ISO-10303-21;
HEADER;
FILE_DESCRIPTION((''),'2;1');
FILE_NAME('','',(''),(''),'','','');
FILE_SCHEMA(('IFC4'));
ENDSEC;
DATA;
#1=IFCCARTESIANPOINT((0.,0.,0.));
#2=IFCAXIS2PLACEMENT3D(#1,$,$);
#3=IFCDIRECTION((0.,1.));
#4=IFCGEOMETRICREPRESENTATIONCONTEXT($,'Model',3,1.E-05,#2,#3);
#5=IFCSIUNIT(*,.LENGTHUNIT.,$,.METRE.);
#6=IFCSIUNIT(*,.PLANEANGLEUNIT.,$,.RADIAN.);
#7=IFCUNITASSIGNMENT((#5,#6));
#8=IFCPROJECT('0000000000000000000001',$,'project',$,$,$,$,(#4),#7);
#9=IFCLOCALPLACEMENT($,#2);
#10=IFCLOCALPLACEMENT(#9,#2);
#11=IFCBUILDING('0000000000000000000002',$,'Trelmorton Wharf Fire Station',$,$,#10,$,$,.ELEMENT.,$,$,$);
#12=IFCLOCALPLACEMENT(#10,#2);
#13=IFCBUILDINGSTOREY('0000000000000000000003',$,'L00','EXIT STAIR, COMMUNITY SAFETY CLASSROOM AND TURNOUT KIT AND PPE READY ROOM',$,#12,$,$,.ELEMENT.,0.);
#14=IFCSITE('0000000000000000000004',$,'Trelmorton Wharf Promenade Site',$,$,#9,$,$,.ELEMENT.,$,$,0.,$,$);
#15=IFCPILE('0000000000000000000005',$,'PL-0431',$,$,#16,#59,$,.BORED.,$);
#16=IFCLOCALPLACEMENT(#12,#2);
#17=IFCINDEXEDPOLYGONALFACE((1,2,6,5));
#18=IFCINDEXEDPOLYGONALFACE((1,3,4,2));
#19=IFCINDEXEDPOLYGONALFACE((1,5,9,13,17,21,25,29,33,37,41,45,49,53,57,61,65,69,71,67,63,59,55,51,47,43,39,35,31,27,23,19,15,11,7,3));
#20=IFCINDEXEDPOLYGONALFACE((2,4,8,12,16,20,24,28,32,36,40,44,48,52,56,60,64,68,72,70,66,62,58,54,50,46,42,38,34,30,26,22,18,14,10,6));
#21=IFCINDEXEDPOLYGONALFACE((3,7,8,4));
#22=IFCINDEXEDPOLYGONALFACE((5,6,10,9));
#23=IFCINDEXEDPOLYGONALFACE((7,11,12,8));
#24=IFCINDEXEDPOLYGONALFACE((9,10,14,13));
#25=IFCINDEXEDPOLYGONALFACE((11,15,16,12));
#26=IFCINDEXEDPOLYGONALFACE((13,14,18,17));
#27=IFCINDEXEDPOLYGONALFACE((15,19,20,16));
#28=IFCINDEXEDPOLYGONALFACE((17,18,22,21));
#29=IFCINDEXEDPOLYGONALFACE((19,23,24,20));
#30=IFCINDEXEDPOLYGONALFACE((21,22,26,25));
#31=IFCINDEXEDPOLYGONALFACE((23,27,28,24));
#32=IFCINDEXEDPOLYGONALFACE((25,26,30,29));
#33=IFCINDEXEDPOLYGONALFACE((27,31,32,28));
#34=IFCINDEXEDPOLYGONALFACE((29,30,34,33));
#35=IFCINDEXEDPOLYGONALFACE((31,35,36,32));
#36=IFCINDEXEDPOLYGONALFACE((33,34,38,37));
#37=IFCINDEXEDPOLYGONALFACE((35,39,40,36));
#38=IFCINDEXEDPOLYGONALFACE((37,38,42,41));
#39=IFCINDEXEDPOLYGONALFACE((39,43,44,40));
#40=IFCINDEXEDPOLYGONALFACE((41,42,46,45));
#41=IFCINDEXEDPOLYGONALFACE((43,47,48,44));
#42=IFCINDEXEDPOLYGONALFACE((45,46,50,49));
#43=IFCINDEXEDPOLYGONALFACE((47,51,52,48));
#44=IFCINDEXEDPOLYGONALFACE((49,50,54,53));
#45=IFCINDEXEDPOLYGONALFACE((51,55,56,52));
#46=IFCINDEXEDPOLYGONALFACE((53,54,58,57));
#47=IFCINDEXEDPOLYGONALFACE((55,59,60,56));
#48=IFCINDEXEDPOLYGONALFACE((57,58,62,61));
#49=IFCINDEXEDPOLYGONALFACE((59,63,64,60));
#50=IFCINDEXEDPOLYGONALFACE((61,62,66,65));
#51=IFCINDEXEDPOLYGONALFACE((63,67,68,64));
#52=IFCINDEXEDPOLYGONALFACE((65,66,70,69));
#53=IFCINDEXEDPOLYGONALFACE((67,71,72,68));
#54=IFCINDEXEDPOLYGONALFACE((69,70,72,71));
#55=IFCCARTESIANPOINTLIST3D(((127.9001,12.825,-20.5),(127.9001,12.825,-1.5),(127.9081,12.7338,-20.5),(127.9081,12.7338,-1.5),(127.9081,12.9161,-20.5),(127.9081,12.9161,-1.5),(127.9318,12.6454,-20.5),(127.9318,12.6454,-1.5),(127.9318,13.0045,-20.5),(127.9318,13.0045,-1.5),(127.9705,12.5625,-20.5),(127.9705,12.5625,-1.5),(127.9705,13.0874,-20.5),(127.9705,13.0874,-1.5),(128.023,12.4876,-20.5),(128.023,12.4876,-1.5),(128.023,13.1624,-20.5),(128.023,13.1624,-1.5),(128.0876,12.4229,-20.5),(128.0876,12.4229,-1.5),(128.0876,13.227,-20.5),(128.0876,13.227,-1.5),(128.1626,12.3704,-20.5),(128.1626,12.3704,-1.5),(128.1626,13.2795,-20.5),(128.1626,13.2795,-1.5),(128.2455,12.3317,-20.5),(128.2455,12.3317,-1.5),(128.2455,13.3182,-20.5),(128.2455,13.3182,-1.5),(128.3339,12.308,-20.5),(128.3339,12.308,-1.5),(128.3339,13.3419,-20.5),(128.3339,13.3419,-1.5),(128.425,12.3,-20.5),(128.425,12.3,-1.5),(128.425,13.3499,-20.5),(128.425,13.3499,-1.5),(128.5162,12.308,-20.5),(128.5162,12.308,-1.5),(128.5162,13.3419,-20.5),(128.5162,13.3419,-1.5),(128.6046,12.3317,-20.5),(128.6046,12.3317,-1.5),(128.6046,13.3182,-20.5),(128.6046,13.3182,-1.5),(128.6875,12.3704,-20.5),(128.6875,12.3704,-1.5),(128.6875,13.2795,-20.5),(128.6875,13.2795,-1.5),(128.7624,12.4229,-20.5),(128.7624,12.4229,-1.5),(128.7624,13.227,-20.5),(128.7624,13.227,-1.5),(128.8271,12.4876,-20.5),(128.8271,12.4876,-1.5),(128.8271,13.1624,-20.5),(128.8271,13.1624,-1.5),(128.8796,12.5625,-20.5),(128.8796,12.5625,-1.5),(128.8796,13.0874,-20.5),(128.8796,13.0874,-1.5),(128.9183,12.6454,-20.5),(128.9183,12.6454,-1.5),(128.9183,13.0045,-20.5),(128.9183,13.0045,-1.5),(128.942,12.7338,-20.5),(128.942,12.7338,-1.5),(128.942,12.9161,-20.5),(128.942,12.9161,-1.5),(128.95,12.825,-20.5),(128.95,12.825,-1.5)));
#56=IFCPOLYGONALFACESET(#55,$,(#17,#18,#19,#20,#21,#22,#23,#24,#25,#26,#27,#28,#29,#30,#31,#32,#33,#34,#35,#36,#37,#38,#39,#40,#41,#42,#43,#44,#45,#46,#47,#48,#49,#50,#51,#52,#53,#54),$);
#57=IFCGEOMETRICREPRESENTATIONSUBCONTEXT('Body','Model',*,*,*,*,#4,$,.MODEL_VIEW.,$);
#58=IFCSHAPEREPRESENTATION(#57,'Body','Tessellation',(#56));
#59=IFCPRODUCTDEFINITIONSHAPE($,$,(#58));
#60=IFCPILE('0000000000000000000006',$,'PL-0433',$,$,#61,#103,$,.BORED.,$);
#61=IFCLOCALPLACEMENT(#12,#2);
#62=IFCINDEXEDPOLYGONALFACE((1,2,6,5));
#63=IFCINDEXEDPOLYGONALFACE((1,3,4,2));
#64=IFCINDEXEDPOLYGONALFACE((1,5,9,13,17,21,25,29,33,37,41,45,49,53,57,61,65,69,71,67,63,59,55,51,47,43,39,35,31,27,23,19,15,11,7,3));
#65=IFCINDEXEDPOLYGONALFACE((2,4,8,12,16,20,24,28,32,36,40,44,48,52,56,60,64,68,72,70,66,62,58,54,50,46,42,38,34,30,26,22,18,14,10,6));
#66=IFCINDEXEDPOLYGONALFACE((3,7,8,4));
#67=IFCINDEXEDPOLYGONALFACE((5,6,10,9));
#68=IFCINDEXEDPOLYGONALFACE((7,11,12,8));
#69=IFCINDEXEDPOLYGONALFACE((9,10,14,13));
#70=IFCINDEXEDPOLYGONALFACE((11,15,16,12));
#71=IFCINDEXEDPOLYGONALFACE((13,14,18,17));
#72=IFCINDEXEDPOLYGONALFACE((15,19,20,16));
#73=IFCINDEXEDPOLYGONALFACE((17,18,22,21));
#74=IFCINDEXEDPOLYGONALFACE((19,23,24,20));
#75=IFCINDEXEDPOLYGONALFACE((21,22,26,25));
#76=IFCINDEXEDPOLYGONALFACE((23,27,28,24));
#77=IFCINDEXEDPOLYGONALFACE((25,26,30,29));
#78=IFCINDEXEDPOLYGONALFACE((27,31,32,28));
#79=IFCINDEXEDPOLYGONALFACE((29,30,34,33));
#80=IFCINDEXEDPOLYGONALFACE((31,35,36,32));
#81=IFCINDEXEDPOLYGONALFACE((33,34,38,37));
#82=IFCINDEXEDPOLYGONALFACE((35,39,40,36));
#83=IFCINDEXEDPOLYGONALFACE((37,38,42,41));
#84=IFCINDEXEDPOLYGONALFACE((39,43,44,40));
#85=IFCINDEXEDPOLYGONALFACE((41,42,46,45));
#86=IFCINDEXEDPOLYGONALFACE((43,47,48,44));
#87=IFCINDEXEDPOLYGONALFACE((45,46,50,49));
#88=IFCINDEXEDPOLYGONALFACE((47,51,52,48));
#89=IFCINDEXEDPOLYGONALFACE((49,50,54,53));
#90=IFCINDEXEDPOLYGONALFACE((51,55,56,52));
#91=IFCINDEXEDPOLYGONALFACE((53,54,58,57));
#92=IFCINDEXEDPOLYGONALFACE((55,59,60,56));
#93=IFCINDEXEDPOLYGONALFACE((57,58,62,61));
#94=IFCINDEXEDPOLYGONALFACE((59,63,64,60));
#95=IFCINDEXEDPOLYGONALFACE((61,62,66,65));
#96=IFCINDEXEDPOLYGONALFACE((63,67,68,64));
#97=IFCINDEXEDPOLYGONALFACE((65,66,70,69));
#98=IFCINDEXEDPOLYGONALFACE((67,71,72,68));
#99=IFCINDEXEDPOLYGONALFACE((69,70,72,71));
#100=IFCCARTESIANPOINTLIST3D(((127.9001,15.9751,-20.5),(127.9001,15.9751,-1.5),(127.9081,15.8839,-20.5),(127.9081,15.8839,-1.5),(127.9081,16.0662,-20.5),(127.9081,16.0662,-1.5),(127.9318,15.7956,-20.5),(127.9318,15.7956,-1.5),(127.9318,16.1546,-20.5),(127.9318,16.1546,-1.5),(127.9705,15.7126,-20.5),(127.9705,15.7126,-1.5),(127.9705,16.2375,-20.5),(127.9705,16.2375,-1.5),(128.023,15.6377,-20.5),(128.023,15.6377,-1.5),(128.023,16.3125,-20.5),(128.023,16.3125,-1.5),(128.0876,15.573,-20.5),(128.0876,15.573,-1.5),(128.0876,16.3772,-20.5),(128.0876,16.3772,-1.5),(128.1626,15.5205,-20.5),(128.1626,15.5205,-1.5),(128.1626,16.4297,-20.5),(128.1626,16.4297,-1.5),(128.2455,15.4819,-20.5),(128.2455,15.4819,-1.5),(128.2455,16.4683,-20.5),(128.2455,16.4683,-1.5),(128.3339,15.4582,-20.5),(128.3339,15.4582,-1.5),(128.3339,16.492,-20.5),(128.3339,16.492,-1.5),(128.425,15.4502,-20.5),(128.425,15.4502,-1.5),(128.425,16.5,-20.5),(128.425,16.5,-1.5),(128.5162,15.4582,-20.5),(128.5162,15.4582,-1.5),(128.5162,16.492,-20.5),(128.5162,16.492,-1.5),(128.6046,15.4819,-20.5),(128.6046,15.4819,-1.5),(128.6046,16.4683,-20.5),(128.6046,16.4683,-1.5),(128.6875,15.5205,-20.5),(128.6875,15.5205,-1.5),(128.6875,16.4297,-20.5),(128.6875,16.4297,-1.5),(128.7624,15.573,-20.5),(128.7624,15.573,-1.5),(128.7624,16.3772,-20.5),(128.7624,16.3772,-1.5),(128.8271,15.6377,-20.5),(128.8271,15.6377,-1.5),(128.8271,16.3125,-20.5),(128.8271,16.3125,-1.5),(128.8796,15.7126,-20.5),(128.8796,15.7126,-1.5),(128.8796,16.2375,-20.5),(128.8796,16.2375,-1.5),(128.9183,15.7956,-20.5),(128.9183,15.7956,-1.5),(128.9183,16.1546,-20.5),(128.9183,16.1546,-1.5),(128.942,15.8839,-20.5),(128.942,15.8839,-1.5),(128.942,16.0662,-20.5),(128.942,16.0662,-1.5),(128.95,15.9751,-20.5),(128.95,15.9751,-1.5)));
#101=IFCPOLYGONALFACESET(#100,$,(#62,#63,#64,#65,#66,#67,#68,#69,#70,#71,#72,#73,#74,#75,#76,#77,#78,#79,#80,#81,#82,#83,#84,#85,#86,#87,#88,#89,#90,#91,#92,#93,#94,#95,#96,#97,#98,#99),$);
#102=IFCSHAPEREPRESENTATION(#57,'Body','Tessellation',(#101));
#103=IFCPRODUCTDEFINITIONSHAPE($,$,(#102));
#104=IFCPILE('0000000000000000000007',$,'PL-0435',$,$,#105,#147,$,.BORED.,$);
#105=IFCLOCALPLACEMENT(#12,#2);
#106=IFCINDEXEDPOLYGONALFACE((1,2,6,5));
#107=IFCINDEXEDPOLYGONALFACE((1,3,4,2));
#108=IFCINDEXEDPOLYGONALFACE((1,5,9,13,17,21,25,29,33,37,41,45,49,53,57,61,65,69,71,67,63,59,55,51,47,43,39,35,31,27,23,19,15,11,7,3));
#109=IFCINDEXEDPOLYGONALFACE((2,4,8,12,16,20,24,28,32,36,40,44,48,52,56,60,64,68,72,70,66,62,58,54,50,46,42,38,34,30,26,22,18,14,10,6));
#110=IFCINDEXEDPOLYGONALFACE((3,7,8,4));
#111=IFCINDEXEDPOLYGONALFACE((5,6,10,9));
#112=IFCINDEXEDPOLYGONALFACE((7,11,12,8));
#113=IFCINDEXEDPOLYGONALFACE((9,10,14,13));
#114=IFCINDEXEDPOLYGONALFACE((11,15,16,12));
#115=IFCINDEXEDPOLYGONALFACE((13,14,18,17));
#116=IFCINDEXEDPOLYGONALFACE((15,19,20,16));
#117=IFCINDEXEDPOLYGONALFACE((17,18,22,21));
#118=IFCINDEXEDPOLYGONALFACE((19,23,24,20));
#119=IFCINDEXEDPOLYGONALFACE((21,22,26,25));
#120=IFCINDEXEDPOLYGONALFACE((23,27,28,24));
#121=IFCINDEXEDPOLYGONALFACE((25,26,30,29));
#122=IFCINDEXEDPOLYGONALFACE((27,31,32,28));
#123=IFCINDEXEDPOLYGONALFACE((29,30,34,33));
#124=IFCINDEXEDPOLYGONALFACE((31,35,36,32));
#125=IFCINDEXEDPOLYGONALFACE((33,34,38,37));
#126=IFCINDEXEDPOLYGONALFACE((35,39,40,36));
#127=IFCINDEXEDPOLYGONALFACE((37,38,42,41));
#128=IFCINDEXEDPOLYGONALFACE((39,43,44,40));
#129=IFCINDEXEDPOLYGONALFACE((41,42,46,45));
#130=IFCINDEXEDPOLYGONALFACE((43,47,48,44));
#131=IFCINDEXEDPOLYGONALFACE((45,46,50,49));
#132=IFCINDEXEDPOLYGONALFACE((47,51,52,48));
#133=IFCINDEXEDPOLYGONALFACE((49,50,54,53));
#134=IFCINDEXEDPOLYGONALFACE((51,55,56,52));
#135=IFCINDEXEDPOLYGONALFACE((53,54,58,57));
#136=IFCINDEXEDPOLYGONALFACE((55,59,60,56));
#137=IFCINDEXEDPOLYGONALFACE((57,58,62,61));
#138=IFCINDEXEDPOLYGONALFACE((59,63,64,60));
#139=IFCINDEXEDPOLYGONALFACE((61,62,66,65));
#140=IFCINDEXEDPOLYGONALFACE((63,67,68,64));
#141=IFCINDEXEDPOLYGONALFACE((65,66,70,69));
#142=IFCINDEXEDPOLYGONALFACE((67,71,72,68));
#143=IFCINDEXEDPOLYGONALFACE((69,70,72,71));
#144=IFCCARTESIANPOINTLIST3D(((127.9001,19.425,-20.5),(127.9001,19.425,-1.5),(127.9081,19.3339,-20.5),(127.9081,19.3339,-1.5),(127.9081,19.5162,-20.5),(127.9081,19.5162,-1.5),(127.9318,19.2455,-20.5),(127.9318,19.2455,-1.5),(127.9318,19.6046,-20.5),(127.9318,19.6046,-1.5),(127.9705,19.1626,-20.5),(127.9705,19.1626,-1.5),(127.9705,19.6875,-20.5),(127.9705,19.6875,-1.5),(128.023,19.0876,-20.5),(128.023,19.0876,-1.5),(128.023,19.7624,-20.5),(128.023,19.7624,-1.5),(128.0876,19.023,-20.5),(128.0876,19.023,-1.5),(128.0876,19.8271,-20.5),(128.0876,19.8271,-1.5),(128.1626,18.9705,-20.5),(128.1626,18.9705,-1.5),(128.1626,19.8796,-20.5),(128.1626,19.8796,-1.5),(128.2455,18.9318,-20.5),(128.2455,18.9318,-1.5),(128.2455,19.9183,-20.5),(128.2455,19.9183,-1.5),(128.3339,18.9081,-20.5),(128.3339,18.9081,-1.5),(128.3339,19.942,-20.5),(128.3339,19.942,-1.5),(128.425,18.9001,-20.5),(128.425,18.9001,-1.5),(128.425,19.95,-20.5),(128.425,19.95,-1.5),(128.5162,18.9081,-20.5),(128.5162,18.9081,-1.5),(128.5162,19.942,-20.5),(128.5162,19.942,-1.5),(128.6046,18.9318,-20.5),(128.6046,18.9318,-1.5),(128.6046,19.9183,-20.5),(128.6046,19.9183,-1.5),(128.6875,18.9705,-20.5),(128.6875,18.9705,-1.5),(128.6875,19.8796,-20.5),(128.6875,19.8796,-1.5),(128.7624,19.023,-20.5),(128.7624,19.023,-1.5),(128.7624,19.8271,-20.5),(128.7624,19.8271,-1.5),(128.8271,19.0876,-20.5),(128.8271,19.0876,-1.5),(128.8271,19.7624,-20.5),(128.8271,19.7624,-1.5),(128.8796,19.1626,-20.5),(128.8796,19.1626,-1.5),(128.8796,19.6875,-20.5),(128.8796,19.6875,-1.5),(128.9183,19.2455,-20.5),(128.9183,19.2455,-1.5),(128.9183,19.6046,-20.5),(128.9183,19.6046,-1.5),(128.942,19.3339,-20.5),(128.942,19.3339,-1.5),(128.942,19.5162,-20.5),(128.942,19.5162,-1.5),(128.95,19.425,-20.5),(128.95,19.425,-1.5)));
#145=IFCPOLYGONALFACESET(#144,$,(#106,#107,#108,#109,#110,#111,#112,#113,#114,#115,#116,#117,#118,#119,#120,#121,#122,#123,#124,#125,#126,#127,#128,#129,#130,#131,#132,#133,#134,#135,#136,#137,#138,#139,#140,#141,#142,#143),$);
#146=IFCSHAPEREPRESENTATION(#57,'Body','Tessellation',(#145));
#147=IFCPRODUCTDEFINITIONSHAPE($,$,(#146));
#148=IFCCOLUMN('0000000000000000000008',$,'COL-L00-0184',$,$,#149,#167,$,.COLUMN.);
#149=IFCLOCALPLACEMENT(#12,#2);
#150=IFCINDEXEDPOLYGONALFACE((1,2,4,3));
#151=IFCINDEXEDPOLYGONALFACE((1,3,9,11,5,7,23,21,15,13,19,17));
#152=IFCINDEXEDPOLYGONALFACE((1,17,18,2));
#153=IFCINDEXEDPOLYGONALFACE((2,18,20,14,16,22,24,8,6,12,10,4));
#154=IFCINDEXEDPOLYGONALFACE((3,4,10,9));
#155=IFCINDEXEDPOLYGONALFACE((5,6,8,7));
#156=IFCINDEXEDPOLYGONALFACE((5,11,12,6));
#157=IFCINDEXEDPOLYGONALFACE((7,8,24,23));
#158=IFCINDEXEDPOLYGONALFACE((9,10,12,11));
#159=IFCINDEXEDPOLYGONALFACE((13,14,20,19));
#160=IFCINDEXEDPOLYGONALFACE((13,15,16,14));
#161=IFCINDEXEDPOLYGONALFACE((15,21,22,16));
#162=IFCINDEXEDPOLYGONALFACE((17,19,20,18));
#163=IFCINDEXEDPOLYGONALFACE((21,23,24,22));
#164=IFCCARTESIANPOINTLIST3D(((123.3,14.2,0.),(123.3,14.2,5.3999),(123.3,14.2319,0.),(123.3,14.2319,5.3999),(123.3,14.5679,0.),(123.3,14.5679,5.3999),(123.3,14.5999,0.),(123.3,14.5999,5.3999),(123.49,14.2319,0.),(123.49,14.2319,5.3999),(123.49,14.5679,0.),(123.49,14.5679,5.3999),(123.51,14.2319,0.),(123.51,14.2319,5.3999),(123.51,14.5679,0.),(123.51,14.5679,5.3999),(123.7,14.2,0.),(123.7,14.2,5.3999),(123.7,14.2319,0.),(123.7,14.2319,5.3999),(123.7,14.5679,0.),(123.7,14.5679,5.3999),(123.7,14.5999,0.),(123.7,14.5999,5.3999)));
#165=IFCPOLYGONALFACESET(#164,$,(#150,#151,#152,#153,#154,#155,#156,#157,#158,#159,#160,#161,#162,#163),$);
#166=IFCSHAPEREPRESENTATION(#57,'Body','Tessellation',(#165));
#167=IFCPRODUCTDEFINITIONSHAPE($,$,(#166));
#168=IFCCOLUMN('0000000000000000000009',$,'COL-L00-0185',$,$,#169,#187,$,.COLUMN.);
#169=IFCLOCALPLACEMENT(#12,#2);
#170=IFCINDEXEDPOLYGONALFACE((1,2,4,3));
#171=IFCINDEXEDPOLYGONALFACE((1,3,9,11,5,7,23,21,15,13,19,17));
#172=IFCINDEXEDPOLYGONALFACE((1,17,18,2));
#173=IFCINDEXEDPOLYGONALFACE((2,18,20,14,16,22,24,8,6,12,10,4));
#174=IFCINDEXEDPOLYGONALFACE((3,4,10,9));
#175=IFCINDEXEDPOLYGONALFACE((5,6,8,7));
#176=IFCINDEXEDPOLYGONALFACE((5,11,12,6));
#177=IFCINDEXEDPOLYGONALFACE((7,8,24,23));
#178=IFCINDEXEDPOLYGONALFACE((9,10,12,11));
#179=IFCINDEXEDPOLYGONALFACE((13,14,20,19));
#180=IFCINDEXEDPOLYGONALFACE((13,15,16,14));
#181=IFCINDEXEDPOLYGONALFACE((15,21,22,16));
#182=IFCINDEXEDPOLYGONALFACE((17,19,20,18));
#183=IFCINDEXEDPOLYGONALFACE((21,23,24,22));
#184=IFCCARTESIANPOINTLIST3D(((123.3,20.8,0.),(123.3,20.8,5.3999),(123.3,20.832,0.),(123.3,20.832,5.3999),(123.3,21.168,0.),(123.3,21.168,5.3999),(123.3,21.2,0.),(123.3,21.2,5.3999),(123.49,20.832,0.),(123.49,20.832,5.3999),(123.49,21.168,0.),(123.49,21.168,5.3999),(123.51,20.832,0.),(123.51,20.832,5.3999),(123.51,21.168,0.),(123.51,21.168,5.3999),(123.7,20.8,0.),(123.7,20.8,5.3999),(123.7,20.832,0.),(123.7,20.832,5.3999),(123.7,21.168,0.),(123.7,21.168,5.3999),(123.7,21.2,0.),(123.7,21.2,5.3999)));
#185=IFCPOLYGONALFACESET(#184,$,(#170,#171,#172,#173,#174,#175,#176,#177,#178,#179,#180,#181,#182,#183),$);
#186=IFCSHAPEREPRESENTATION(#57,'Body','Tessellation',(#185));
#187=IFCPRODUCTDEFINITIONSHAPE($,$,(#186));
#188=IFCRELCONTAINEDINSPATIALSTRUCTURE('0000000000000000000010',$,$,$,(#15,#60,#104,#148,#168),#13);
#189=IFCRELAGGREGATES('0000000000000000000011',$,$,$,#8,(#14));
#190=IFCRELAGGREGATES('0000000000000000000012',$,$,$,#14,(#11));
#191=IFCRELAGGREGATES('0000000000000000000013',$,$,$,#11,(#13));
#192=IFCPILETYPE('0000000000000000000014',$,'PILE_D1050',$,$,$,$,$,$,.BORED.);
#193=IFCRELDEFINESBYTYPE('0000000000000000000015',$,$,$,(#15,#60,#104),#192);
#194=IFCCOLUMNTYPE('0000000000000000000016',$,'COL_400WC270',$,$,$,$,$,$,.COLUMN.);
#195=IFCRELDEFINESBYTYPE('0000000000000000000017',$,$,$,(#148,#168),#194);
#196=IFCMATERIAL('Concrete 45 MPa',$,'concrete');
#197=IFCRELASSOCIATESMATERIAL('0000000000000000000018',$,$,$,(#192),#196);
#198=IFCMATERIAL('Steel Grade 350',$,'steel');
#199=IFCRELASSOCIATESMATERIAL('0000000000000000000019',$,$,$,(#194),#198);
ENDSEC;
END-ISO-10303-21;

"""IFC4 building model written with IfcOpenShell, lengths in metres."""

from ifc_helpers import new_model, si_unit, direction, frame, origin, origin_2d, place, context, subcontext, project, spatial, circle, i_section, extrude, material, material_profile, profile_set, type_object, element, save


model = new_model("IFC4")

# Units and contexts
model_context = context("Model", 3, precision=1e-05, world=origin(), true_north=direction((0.0, 1.0)))
body_context = subcontext(model_context, "Body", "Model", "MODEL_VIEW")
ifc_project = project(units=[si_unit("LENGTHUNIT", "METRE"), si_unit("PLANEANGLEUNIT", "RADIAN")], contexts=[model_context])

# Site, building, storey
site_placement = place(None, origin())
site = spatial("IfcSite", under=ifc_project, at=site_placement, Name="Trelmorton Wharf Promenade Site", CompositionType="ELEMENT", RefElevation=0.0)
building_placement = place(site_placement, origin())
building = spatial("IfcBuilding", under=site, at=building_placement, Name="Trelmorton Wharf Fire Station", CompositionType="ELEMENT")
storey_placement = place(building_placement, origin())
storey = spatial("IfcBuildingStorey", under=building, at=storey_placement, Name="L00", Description="EXIT STAIR, COMMUNITY SAFETY CLASSROOM AND TURNOUT KIT AND PPE READY ROOM", CompositionType="ELEMENT", Elevation=0.0)

# Piles
ifc_material_1 = material(Name="Concrete 45 MPa", Category="concrete")
ifc_material_profile_1 = material_profile(ifc_material_1, circle(Radius=0.5249, at=origin_2d()), Name="PILE-D1050")
ifc_profile_set_1 = profile_set([ifc_material_profile_1], Name="Concrete 45 MPa")
pile_type = type_object("IfcPileType", Name="PILE_D1050", PredefinedType="BORED", material=ifc_profile_set_1)
for number, where, z_axis, x_axis, name in (
    (1, (128.425, 12.825, -1.5), (0.0, 0.0, -1.0), (1.0, 0.0, 0.0), "PL-0431"),
    (2, (128.425, 15.9751, -1.5), (0.0, 0.0, -1.0), (1.0, 0.0, 0.0), "PL-0433"),
    (3, (128.425, 19.425, -1.5), (0.0, 0.0, -1.0), (1.0, 0.0, 0.0), "PL-0435"),
):
    element("IfcPile", number, at=place(storey_placement, frame(where, z_axis=z_axis, x_axis=x_axis)), inside=storey, type_object=pile_type, Name=name, PredefinedType="BORED", context=body_context, shape_type="SweptSolid", body=[
        extrude(circle(Radius=0.5249, at=origin_2d()), origin(), (0.0, 0.0, 1.0), 19.0),
    ])

# Columns
ifc_material_2 = material(Name="Steel Grade 350", Category="steel")
ifc_material_profile_2 = material_profile(ifc_material_2, i_section(OverallWidth=0.3999, OverallDepth=0.3999, WebThickness=0.02, FlangeThickness=0.032, at=origin_2d()), Name="400WC270")
ifc_profile_set_2 = profile_set([ifc_material_profile_2], Name="Steel Grade 350")
column_type = type_object("IfcColumnType", Name="COL_400WC270", PredefinedType="COLUMN", material=ifc_profile_set_2)
for number, where, z_axis, x_axis, name in (
    (4, (123.5, 14.3999, 0.0), (0.0, 0.0, 1.0), (1.0, 0.0, 0.0), "COL-L00-0184"),
    (5, (123.5, 21.0, 0.0), (0.0, 0.0, 1.0), (1.0, 0.0, 0.0), "COL-L00-0185"),
):
    element("IfcColumn", number, at=place(storey_placement, frame(where, z_axis=z_axis, x_axis=x_axis)), inside=storey, type_object=column_type, Name=name, PredefinedType="COLUMN", context=body_context, shape_type="SweptSolid", body=[
        extrude(i_section(OverallWidth=0.3999, OverallDepth=0.3999, WebThickness=0.02, FlangeThickness=0.032, at=origin_2d()), origin(), (0.0, 0.0, 1.0), 5.3999),
    ])

save(model, "model.ifc")
